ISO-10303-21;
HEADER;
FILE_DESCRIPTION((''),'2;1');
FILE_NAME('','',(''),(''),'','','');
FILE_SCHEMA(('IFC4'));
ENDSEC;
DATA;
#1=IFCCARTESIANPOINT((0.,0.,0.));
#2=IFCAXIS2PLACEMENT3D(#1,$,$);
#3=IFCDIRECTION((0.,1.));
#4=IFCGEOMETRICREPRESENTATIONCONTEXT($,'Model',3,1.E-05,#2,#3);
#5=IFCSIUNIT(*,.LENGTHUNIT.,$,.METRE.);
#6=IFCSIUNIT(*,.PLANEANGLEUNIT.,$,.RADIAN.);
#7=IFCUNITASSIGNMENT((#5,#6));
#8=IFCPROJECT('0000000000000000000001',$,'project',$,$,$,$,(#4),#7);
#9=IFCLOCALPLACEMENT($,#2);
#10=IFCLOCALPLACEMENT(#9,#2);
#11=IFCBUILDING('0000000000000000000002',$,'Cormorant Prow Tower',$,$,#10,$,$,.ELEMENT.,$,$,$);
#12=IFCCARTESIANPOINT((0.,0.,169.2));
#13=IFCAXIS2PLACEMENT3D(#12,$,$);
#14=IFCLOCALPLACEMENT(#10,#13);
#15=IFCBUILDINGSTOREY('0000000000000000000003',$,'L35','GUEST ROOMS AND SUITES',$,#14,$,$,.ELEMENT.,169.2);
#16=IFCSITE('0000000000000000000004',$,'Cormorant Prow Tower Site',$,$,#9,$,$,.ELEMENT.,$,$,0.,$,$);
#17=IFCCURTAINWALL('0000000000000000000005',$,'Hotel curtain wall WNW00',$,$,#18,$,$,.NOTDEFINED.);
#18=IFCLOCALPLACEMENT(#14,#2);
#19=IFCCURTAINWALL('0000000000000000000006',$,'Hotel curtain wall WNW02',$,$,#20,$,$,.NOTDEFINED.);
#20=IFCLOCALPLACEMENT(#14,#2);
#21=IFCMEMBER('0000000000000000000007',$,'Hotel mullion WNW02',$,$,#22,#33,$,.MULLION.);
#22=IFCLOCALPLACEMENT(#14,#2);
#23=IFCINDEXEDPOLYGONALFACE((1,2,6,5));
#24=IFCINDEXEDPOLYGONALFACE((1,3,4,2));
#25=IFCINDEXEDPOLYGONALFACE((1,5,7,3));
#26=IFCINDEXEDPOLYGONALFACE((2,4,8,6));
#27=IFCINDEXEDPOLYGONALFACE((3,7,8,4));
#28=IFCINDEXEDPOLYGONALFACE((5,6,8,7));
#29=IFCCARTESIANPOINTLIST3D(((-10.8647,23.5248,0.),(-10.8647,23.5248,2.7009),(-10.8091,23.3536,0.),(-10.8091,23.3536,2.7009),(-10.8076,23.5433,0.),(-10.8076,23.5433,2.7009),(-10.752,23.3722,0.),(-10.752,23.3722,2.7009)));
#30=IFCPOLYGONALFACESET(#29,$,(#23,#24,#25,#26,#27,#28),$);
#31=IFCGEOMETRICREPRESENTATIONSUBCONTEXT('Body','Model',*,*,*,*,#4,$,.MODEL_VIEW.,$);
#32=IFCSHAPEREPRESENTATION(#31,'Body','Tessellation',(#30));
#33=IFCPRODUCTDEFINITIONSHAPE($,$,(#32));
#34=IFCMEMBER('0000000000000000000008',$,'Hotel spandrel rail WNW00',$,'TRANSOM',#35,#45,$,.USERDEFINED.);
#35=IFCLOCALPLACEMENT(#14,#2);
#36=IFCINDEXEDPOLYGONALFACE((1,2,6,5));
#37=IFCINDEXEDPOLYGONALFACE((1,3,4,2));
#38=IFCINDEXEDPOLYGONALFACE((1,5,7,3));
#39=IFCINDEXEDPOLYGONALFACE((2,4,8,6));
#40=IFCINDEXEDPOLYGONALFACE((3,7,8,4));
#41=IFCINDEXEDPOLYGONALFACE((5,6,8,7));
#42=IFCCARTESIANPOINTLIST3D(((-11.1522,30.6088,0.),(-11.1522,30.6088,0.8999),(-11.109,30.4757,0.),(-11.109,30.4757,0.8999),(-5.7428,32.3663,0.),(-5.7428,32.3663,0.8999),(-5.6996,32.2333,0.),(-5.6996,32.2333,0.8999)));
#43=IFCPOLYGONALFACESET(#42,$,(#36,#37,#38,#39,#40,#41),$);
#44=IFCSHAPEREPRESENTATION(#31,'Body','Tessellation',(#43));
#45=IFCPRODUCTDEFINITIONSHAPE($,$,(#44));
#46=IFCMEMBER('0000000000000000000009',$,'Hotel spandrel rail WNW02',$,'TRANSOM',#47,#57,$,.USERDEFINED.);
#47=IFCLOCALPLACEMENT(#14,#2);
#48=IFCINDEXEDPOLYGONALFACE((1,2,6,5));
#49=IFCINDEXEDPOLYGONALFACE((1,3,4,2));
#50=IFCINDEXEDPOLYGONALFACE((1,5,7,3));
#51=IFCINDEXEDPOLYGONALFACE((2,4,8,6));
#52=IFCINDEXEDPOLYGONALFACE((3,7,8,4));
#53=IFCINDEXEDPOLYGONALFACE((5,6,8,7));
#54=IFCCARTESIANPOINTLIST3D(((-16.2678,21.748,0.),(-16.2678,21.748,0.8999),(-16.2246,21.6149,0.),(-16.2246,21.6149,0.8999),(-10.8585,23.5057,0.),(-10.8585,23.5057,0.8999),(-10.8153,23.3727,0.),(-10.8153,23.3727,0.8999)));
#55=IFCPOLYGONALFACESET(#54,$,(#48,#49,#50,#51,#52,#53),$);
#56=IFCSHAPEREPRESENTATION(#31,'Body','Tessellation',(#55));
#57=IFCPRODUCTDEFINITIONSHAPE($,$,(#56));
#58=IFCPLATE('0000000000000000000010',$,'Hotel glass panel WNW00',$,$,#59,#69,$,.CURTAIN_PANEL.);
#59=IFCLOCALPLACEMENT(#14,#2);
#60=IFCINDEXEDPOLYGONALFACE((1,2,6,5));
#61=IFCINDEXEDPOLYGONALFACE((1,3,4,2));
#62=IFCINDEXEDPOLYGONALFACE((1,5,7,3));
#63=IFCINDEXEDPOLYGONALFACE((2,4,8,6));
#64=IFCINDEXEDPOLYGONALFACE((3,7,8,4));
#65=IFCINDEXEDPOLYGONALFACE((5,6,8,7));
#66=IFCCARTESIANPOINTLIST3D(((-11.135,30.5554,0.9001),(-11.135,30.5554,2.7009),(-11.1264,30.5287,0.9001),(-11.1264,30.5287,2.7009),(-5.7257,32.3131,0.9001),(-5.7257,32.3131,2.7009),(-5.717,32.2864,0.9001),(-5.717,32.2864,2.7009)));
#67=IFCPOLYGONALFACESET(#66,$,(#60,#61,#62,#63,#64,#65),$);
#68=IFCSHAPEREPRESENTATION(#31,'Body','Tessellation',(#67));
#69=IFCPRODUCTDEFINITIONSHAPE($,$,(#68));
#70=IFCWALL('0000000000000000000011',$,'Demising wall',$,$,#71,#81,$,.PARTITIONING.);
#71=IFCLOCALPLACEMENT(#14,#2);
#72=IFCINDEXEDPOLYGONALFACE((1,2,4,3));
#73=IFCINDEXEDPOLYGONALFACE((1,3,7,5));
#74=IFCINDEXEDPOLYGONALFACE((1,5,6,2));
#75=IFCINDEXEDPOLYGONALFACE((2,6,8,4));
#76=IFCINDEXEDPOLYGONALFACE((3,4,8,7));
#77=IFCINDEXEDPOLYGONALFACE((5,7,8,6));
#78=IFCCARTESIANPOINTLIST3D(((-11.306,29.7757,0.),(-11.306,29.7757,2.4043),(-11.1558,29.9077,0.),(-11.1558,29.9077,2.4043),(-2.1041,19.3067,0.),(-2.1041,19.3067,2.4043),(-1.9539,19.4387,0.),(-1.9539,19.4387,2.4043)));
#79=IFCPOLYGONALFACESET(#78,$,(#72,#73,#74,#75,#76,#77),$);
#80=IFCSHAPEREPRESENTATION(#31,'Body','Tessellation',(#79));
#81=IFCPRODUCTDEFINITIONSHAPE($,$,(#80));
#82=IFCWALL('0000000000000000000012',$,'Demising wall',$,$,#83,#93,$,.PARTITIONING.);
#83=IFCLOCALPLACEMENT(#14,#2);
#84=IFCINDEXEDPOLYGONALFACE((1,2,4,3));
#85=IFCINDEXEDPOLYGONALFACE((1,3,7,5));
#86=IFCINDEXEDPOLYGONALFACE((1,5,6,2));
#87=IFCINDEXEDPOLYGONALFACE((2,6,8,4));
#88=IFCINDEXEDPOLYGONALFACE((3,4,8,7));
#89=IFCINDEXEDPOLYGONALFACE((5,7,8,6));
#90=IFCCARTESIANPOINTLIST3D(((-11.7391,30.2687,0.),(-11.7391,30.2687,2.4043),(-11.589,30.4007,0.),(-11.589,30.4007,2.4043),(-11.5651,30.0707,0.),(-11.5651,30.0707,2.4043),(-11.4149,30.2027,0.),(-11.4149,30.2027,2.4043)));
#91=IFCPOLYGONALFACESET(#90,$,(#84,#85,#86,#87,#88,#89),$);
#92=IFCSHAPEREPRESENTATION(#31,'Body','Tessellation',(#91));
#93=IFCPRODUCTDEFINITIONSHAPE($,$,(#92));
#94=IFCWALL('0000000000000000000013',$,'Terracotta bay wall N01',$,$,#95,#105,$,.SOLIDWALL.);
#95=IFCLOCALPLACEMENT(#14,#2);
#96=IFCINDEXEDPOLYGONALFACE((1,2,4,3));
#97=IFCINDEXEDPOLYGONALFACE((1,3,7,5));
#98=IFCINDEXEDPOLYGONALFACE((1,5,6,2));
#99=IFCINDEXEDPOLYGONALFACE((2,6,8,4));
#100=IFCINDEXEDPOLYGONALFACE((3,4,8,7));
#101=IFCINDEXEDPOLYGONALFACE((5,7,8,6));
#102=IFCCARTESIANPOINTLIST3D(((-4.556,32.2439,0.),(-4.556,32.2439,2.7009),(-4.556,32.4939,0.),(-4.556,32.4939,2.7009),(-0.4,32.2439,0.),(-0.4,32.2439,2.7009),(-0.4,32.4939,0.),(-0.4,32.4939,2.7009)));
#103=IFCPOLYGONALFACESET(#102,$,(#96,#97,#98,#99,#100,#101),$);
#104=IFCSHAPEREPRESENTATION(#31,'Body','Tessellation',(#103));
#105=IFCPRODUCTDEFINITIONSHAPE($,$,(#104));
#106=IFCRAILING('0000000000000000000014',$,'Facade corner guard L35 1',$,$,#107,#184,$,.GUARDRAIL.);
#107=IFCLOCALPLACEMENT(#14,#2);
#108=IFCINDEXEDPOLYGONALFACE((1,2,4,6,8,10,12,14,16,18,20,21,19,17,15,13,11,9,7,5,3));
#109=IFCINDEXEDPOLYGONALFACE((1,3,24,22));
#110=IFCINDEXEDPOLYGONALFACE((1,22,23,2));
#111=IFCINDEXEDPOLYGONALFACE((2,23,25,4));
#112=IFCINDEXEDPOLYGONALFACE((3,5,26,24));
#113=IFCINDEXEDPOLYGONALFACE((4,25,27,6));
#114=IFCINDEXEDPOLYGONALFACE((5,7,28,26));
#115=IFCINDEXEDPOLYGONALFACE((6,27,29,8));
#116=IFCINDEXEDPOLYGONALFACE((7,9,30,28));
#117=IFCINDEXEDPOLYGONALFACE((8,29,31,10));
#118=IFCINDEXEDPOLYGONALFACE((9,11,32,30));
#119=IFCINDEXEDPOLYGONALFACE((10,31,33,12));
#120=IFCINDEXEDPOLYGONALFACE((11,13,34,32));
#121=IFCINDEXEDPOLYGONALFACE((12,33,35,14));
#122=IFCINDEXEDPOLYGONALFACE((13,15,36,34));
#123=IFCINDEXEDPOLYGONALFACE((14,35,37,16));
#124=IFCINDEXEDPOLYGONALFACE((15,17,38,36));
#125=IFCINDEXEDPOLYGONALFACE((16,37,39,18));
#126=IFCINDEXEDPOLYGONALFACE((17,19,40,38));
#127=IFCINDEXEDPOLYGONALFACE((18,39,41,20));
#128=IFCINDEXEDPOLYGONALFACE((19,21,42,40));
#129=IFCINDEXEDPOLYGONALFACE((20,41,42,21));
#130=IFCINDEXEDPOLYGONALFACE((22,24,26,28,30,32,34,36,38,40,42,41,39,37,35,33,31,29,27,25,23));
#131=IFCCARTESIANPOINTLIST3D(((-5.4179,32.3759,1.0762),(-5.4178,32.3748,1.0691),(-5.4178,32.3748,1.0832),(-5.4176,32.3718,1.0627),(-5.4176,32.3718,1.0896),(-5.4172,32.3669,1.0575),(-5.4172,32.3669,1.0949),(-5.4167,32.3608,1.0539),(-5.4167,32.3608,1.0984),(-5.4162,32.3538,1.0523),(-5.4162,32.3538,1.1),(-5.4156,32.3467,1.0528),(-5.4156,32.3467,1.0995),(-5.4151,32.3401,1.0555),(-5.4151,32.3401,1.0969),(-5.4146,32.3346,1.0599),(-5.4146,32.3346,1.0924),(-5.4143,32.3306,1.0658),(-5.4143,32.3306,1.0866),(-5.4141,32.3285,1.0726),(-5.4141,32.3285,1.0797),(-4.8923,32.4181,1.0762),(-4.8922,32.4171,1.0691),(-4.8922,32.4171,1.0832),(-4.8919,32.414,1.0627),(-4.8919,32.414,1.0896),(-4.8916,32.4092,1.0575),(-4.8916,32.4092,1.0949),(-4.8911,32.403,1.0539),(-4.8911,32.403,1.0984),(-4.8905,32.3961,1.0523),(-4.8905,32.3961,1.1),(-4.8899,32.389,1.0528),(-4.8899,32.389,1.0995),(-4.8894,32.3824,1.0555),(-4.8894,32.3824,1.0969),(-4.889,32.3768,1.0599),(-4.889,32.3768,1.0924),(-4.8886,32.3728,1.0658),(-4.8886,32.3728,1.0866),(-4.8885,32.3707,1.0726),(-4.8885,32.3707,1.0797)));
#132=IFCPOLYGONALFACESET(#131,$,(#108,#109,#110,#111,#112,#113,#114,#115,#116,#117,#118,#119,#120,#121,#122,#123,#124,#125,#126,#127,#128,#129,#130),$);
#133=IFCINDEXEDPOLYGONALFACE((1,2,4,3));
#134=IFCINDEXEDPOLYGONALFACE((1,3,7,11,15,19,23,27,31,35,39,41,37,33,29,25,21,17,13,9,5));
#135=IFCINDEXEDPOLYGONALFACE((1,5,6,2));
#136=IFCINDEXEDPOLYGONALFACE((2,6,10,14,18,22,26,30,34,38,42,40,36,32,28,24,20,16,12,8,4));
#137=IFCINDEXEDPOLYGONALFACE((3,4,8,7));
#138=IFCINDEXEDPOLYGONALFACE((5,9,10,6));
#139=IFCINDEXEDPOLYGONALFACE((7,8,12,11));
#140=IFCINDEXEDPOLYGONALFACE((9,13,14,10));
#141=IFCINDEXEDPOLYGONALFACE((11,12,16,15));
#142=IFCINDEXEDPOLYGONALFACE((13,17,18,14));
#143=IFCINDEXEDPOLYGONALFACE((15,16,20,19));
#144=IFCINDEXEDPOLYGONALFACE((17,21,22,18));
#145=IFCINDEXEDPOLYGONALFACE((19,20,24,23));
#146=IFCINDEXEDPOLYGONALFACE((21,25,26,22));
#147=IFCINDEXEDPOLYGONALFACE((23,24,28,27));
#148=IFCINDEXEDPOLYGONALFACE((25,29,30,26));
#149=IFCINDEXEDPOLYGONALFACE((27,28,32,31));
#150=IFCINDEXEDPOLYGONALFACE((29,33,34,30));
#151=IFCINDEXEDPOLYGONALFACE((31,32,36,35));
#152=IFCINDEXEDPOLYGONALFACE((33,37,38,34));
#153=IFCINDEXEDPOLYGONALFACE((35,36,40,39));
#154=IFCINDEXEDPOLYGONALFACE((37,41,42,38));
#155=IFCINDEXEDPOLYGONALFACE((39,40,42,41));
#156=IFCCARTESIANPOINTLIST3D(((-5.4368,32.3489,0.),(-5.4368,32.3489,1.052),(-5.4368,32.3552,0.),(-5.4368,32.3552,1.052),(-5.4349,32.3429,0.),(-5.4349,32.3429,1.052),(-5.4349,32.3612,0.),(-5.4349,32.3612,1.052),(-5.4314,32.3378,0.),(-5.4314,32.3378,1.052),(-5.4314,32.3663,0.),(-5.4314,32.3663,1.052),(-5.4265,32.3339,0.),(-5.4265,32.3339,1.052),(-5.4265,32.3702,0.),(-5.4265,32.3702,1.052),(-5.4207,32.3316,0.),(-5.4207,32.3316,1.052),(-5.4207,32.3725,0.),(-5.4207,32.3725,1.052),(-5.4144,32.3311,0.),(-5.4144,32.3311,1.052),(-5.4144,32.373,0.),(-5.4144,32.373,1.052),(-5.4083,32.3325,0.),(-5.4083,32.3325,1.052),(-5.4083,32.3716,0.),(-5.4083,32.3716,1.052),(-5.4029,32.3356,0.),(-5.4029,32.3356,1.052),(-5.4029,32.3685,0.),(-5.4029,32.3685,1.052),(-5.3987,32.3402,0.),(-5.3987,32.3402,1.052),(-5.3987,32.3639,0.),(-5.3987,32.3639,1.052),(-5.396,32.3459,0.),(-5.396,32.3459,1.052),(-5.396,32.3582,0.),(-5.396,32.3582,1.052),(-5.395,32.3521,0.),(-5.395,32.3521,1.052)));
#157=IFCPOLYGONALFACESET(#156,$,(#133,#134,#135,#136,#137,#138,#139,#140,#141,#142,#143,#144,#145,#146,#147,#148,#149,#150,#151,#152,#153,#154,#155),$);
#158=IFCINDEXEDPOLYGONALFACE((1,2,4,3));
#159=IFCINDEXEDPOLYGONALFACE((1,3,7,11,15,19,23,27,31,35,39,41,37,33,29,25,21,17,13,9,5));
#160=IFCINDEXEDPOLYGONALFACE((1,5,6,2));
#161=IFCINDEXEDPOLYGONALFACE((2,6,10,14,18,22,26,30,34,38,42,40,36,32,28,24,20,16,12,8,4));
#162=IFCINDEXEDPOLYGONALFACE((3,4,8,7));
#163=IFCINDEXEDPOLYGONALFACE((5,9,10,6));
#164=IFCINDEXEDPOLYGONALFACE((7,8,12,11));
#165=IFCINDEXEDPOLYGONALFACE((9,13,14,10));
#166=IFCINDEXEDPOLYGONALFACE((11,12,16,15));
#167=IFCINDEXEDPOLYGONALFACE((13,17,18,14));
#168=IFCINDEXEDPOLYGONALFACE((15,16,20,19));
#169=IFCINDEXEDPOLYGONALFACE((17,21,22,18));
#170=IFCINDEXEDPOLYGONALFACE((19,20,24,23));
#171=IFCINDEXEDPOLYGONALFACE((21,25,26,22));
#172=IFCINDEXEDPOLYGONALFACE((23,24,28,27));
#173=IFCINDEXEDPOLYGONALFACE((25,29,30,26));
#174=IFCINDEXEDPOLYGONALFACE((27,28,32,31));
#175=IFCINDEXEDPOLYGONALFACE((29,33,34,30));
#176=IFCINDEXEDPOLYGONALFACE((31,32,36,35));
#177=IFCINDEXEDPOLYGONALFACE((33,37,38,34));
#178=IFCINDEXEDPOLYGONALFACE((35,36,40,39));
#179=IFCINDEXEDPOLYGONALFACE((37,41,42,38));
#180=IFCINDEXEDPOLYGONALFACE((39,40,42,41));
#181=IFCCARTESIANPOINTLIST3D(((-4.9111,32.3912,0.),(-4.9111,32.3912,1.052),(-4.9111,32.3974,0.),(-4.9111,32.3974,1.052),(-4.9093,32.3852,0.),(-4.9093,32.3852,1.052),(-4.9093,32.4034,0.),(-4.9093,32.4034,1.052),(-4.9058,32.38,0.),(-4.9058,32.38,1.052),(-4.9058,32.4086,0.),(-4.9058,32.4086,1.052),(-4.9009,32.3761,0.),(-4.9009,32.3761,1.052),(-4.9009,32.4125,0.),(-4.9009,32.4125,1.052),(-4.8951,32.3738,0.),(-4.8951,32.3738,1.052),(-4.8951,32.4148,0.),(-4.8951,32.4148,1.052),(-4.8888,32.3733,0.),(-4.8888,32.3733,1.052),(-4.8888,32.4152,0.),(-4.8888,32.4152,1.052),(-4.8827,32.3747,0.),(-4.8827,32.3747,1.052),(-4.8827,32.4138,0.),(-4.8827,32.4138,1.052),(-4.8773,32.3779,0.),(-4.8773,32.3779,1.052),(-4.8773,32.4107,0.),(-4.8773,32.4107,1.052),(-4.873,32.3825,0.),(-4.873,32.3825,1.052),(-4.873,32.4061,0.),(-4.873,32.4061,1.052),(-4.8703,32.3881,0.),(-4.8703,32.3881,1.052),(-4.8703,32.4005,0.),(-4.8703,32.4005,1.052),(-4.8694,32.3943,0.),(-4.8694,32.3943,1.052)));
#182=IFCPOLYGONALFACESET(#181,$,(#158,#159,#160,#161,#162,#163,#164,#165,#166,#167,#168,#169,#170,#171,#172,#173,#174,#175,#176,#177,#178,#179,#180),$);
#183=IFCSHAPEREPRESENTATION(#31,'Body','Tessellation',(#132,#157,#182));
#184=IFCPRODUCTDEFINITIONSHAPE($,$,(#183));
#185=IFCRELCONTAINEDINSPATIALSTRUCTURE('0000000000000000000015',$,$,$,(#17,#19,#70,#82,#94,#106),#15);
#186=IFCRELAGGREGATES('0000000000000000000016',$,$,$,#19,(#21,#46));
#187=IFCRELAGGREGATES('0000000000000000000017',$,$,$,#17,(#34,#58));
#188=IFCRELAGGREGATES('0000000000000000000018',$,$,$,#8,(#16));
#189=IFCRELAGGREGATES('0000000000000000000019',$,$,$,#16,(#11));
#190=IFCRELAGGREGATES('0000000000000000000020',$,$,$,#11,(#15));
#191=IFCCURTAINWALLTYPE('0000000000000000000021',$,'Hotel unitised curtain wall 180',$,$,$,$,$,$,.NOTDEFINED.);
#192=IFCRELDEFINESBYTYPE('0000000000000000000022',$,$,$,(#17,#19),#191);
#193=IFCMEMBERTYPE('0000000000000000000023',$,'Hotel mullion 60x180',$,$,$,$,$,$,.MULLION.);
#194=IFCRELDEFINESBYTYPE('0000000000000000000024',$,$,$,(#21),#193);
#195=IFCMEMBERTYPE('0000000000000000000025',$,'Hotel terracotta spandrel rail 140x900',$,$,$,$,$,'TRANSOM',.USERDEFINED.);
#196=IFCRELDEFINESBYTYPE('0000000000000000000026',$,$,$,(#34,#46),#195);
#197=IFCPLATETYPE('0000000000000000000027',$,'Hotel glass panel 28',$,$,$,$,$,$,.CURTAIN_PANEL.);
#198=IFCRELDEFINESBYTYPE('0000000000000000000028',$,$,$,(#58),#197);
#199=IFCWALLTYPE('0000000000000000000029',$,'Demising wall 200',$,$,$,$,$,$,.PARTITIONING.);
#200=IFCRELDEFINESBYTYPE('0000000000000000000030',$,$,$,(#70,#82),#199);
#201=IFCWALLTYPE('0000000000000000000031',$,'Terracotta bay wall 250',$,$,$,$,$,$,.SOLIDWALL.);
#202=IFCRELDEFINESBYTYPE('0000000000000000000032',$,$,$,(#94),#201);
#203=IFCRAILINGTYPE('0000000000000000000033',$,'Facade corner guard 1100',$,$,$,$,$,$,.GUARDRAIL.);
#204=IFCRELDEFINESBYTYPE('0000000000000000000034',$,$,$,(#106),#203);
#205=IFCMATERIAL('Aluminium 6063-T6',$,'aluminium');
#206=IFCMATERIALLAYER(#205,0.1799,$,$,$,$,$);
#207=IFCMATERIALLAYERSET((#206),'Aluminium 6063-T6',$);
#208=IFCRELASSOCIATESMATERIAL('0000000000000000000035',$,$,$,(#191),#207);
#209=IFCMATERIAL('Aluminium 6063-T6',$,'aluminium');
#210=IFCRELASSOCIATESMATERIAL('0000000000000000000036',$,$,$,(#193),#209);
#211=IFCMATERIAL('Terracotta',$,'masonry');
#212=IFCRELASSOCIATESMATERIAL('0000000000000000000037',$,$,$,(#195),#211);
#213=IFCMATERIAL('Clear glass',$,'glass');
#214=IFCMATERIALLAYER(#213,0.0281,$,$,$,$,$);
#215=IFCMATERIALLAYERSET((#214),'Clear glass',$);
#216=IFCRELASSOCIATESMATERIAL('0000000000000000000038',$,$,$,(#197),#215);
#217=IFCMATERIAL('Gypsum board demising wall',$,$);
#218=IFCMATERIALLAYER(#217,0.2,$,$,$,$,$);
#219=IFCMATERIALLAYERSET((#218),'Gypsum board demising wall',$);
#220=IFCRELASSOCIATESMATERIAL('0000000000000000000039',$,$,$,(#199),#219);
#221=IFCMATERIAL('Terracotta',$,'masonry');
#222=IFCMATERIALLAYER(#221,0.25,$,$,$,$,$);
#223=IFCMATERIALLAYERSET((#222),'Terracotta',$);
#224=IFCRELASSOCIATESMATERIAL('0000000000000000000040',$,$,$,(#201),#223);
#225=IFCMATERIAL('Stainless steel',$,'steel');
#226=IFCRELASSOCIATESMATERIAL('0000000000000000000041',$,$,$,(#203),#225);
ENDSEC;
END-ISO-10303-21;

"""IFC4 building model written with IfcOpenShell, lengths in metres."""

from ifc_helpers import new_model, si_unit, direction, frame, frame_2d, origin, origin_2d, place, context, subcontext, project, spatial, rectangle, circle, extrude, material, layer, layer_set, material_profile, profile_set, type_object, element, aggregate, save


model = new_model("IFC4")

# Units and contexts
model_context = context("Model", 3, precision=1e-05, world=origin(), true_north=direction((0.0, 1.0)))
body_context = subcontext(model_context, "Body", "Model", "MODEL_VIEW")
ifc_project = project(units=[si_unit("LENGTHUNIT", "METRE"), si_unit("PLANEANGLEUNIT", "RADIAN")], contexts=[model_context])

# Site, building, storey
site_placement = place(None, origin())
site = spatial("IfcSite", under=ifc_project, at=site_placement, Name="Cormorant Prow Tower Site", CompositionType="ELEMENT", RefElevation=0.0)
building_placement = place(site_placement, origin())
building = spatial("IfcBuilding", under=site, at=building_placement, Name="Cormorant Prow Tower", CompositionType="ELEMENT")
storey_placement = place(building_placement, frame((0.0, 0.0, 169.2)))
storey = spatial("IfcBuildingStorey", under=building, at=storey_placement, Name="L35", Description="GUEST ROOMS AND SUITES", CompositionType="ELEMENT", Elevation=169.2)

# Curtain walls, member
ifc_material_1 = material(Name="Aluminium 6063-T6", Category="aluminium")
ifc_layer_1 = layer(ifc_material_1, 0.1799)
ifc_layer_set_1 = layer_set([ifc_layer_1], Name="Aluminium 6063-T6")
curtain_wall_type = type_object("IfcCurtainWallType", Name="Hotel unitised curtain wall 180", PredefinedType="NOTDEFINED", material=ifc_layer_set_1)
curtain_wall_1_placement = place(storey_placement, origin())
curtain_wall_1 = element("IfcCurtainWall", 1, at=curtain_wall_1_placement, inside=storey, type_object=curtain_wall_type, Name="Hotel curtain wall WNW00", PredefinedType="NOTDEFINED")
ifc_material_2 = material(Name="Aluminium 6063-T6", Category="aluminium")
ifc_material_profile_1 = material_profile(ifc_material_2, rectangle(XDim=0.1799, YDim=0.0601, at=origin_2d()), Name="Hotel mullion 60x180")
ifc_profile_set_1 = profile_set([ifc_material_profile_1], Name="Aluminium 6063-T6")
member_type_1 = type_object("IfcMemberType", Name="Hotel mullion 60x180", PredefinedType="MULLION", material=ifc_profile_set_1)
curtain_wall_2_placement = place(storey_placement, origin())
curtain_wall_2 = element("IfcCurtainWall", 2, at=curtain_wall_2_placement, inside=storey, type_object=curtain_wall_type, Name="Hotel curtain wall WNW02", PredefinedType="NOTDEFINED")
member_1_placement = place(storey_placement, frame((-10.8083, 23.4485, 0.0), z_axis=(0.0, 0.0, 1.0), x_axis=(0.309017, -0.951056, 0.0)))
member_1 = element("IfcMember", 3, at=member_1_placement, type_object=member_type_1, Name="Hotel mullion WNW02", PredefinedType="MULLION", context=body_context, shape_type="SweptSolid", body=[
    extrude(rectangle(XDim=0.1799, YDim=0.0601, at=origin_2d()), origin(), (0.0, 0.0, 1.0), 2.7009),
])

# Members
ifc_material_3 = material(Name="Terracotta", Category="masonry")
ifc_material_profile_2 = material_profile(ifc_material_3, rectangle(XDim=0.1399, YDim=0.8999, at=origin_2d()), Name="Hotel terracotta spandrel rail 140x900")
ifc_profile_set_2 = profile_set([ifc_material_profile_2], Name="Terracotta")
member_type_2 = type_object("IfcMemberType", Name="Hotel terracotta spandrel rail 140x900", ElementType="TRANSOM", PredefinedType="USERDEFINED", material=ifc_profile_set_2)
member_2_placement = place(storey_placement, frame((-5.7212, 32.2998, 0.45), z_axis=(-0.95106, -0.309007, 0.0), x_axis=(0.309007, -0.95106, 0.0)))
member_2 = element("IfcMember", 4, at=member_2_placement, type_object=member_type_2, Name="Hotel spandrel rail WNW00", ObjectType="TRANSOM", PredefinedType="USERDEFINED", context=body_context, shape_type="SweptSolid", body=[
    extrude(rectangle(XDim=0.1399, YDim=0.8999, at=origin_2d()), origin(), (0.0, 0.0, 1.0), 5.6877),
])
member_3_placement = place(storey_placement, frame((-10.8369, 23.4392, 0.45), z_axis=(-0.951047, -0.309046, 0.0), x_axis=(0.309046, -0.951047, 0.0)))
member_3 = element("IfcMember", 5, at=member_3_placement, type_object=member_type_2, Name="Hotel spandrel rail WNW02", ObjectType="TRANSOM", PredefinedType="USERDEFINED", context=body_context, shape_type="SweptSolid", body=[
    extrude(rectangle(XDim=0.1399, YDim=0.8999, at=origin_2d()), origin(), (0.0, 0.0, 1.0), 5.6877),
])
aggregate(curtain_wall_2, [member_1, member_3])

# Plate
ifc_material_4 = material(Name="Clear glass", Category="glass")
ifc_layer_2 = layer(ifc_material_4, 0.0281)
ifc_layer_set_2 = layer_set([ifc_layer_2], Name="Clear glass")
plate_type = type_object("IfcPlateType", Name="Hotel glass panel 28", PredefinedType="CURTAIN_PANEL", material=ifc_layer_set_2)
plate_placement = place(storey_placement, frame((-8.426, 31.4209, 0.9001), z_axis=(0.0, 0.0, 1.0), x_axis=(-0.951056, -0.309017, 0.0)))
plate = element("IfcPlate", 6, at=plate_placement, type_object=plate_type, Name="Hotel glass panel WNW00", PredefinedType="CURTAIN_PANEL", context=body_context, shape_type="SweptSolid", body=[
    extrude(rectangle(XDim=5.6877, YDim=0.0281, at=origin_2d()), origin(), (0.0, 0.0, 1.0), 1.8008),
])
aggregate(curtain_wall_1, [member_2, plate])

# Walls
ifc_material_5 = material(Name="Gypsum board demising wall")
ifc_layer_3 = layer(ifc_material_5, 0.2)
ifc_layer_set_3 = layer_set([ifc_layer_3], Name="Gypsum board demising wall")
wall_type_1 = type_object("IfcWallType", Name="Demising wall 200", PredefinedType="PARTITIONING", material=ifc_layer_set_3)
wall_1_placement = place(storey_placement, frame((-11.231, 29.8418, 0.0), z_axis=(0.0, 0.0, 1.0), x_axis=(0.660191, -0.751098, 0.0)))
element("IfcWall", 7, at=wall_1_placement, inside=storey, type_object=wall_type_1, Name="Demising wall", PredefinedType="PARTITIONING", context=body_context, shape_type="SweptSolid", body=[
    extrude(rectangle(XDim=13.9382, YDim=0.2, at=frame_2d((6.9692, 0.0))), origin(), (0.0, 0.0, 1.0), 2.4043),
])
wall_2_placement = place(storey_placement, frame((-11.6641, 30.3347, 0.0), z_axis=(0.0, 0.0, 1.0), x_axis=(0.660273, -0.751026, 0.0)))
element("IfcWall", 8, at=wall_2_placement, inside=storey, type_object=wall_type_1, Name="Demising wall", PredefinedType="PARTITIONING", context=body_context, shape_type="SweptSolid", body=[
    extrude(rectangle(XDim=0.2637, YDim=0.2, at=frame_2d((0.1318, 0.0))), origin(), (0.0, 0.0, 1.0), 2.4043),
])
ifc_material_6 = material(Name="Terracotta", Category="masonry")
ifc_layer_4 = layer(ifc_material_6, 0.25)
ifc_layer_set_4 = layer_set([ifc_layer_4], Name="Terracotta")
wall_type_2 = type_object("IfcWallType", Name="Terracotta bay wall 250", PredefinedType="SOLIDWALL", material=ifc_layer_set_4)
wall_3_placement = place(storey_placement, frame((-0.3999, 32.3689, 0.0), z_axis=(0.0, 0.0, 1.0), x_axis=(-1.0, 0.0, 0.0)))
element("IfcWall", 9, at=wall_3_placement, inside=storey, type_object=wall_type_2, Name="Terracotta bay wall N01", PredefinedType="SOLIDWALL", context=body_context, shape_type="SweptSolid", body=[
    extrude(rectangle(XDim=4.156, YDim=0.25, at=frame_2d((2.0781, 0.0))), origin(), (0.0, 0.0, 1.0), 2.7009),
])

# Railing
ifc_material_7 = material(Name="Stainless steel", Category="steel")
railing_type_1 = type_object("IfcRailingType", Name="Facade corner guard 1100", PredefinedType="GUARDRAIL", material=ifc_material_7)
railing_1_placement = place(storey_placement, frame((-5.416, 32.3521, 0.0)))
element("IfcRailing", 10, at=railing_1_placement, inside=storey, type_object=railing_type_1, Name="Facade corner guard L35 1", PredefinedType="GUARDRAIL", context=body_context, shape_type="SweptSolid", body=[
    extrude(circle(Radius=0.0239, at=origin_2d()), frame((0.0, 0.0, 1.0762), z_axis=(0.996787, 0.080095, 0.0), x_axis=(-0.080095, 0.996787, 0.0)), (0.0, 0.0, 1.0), 0.5273),
    extrude(circle(Radius=0.021, at=origin_2d()), origin(), (0.0, 0.0, 1.0), 1.052),
    extrude(circle(Radius=0.021, at=origin_2d()), frame((0.5256, 0.0422, 0.0)), (0.0, 0.0, 1.0), 1.052),
])

save(model, "model.ifc")
